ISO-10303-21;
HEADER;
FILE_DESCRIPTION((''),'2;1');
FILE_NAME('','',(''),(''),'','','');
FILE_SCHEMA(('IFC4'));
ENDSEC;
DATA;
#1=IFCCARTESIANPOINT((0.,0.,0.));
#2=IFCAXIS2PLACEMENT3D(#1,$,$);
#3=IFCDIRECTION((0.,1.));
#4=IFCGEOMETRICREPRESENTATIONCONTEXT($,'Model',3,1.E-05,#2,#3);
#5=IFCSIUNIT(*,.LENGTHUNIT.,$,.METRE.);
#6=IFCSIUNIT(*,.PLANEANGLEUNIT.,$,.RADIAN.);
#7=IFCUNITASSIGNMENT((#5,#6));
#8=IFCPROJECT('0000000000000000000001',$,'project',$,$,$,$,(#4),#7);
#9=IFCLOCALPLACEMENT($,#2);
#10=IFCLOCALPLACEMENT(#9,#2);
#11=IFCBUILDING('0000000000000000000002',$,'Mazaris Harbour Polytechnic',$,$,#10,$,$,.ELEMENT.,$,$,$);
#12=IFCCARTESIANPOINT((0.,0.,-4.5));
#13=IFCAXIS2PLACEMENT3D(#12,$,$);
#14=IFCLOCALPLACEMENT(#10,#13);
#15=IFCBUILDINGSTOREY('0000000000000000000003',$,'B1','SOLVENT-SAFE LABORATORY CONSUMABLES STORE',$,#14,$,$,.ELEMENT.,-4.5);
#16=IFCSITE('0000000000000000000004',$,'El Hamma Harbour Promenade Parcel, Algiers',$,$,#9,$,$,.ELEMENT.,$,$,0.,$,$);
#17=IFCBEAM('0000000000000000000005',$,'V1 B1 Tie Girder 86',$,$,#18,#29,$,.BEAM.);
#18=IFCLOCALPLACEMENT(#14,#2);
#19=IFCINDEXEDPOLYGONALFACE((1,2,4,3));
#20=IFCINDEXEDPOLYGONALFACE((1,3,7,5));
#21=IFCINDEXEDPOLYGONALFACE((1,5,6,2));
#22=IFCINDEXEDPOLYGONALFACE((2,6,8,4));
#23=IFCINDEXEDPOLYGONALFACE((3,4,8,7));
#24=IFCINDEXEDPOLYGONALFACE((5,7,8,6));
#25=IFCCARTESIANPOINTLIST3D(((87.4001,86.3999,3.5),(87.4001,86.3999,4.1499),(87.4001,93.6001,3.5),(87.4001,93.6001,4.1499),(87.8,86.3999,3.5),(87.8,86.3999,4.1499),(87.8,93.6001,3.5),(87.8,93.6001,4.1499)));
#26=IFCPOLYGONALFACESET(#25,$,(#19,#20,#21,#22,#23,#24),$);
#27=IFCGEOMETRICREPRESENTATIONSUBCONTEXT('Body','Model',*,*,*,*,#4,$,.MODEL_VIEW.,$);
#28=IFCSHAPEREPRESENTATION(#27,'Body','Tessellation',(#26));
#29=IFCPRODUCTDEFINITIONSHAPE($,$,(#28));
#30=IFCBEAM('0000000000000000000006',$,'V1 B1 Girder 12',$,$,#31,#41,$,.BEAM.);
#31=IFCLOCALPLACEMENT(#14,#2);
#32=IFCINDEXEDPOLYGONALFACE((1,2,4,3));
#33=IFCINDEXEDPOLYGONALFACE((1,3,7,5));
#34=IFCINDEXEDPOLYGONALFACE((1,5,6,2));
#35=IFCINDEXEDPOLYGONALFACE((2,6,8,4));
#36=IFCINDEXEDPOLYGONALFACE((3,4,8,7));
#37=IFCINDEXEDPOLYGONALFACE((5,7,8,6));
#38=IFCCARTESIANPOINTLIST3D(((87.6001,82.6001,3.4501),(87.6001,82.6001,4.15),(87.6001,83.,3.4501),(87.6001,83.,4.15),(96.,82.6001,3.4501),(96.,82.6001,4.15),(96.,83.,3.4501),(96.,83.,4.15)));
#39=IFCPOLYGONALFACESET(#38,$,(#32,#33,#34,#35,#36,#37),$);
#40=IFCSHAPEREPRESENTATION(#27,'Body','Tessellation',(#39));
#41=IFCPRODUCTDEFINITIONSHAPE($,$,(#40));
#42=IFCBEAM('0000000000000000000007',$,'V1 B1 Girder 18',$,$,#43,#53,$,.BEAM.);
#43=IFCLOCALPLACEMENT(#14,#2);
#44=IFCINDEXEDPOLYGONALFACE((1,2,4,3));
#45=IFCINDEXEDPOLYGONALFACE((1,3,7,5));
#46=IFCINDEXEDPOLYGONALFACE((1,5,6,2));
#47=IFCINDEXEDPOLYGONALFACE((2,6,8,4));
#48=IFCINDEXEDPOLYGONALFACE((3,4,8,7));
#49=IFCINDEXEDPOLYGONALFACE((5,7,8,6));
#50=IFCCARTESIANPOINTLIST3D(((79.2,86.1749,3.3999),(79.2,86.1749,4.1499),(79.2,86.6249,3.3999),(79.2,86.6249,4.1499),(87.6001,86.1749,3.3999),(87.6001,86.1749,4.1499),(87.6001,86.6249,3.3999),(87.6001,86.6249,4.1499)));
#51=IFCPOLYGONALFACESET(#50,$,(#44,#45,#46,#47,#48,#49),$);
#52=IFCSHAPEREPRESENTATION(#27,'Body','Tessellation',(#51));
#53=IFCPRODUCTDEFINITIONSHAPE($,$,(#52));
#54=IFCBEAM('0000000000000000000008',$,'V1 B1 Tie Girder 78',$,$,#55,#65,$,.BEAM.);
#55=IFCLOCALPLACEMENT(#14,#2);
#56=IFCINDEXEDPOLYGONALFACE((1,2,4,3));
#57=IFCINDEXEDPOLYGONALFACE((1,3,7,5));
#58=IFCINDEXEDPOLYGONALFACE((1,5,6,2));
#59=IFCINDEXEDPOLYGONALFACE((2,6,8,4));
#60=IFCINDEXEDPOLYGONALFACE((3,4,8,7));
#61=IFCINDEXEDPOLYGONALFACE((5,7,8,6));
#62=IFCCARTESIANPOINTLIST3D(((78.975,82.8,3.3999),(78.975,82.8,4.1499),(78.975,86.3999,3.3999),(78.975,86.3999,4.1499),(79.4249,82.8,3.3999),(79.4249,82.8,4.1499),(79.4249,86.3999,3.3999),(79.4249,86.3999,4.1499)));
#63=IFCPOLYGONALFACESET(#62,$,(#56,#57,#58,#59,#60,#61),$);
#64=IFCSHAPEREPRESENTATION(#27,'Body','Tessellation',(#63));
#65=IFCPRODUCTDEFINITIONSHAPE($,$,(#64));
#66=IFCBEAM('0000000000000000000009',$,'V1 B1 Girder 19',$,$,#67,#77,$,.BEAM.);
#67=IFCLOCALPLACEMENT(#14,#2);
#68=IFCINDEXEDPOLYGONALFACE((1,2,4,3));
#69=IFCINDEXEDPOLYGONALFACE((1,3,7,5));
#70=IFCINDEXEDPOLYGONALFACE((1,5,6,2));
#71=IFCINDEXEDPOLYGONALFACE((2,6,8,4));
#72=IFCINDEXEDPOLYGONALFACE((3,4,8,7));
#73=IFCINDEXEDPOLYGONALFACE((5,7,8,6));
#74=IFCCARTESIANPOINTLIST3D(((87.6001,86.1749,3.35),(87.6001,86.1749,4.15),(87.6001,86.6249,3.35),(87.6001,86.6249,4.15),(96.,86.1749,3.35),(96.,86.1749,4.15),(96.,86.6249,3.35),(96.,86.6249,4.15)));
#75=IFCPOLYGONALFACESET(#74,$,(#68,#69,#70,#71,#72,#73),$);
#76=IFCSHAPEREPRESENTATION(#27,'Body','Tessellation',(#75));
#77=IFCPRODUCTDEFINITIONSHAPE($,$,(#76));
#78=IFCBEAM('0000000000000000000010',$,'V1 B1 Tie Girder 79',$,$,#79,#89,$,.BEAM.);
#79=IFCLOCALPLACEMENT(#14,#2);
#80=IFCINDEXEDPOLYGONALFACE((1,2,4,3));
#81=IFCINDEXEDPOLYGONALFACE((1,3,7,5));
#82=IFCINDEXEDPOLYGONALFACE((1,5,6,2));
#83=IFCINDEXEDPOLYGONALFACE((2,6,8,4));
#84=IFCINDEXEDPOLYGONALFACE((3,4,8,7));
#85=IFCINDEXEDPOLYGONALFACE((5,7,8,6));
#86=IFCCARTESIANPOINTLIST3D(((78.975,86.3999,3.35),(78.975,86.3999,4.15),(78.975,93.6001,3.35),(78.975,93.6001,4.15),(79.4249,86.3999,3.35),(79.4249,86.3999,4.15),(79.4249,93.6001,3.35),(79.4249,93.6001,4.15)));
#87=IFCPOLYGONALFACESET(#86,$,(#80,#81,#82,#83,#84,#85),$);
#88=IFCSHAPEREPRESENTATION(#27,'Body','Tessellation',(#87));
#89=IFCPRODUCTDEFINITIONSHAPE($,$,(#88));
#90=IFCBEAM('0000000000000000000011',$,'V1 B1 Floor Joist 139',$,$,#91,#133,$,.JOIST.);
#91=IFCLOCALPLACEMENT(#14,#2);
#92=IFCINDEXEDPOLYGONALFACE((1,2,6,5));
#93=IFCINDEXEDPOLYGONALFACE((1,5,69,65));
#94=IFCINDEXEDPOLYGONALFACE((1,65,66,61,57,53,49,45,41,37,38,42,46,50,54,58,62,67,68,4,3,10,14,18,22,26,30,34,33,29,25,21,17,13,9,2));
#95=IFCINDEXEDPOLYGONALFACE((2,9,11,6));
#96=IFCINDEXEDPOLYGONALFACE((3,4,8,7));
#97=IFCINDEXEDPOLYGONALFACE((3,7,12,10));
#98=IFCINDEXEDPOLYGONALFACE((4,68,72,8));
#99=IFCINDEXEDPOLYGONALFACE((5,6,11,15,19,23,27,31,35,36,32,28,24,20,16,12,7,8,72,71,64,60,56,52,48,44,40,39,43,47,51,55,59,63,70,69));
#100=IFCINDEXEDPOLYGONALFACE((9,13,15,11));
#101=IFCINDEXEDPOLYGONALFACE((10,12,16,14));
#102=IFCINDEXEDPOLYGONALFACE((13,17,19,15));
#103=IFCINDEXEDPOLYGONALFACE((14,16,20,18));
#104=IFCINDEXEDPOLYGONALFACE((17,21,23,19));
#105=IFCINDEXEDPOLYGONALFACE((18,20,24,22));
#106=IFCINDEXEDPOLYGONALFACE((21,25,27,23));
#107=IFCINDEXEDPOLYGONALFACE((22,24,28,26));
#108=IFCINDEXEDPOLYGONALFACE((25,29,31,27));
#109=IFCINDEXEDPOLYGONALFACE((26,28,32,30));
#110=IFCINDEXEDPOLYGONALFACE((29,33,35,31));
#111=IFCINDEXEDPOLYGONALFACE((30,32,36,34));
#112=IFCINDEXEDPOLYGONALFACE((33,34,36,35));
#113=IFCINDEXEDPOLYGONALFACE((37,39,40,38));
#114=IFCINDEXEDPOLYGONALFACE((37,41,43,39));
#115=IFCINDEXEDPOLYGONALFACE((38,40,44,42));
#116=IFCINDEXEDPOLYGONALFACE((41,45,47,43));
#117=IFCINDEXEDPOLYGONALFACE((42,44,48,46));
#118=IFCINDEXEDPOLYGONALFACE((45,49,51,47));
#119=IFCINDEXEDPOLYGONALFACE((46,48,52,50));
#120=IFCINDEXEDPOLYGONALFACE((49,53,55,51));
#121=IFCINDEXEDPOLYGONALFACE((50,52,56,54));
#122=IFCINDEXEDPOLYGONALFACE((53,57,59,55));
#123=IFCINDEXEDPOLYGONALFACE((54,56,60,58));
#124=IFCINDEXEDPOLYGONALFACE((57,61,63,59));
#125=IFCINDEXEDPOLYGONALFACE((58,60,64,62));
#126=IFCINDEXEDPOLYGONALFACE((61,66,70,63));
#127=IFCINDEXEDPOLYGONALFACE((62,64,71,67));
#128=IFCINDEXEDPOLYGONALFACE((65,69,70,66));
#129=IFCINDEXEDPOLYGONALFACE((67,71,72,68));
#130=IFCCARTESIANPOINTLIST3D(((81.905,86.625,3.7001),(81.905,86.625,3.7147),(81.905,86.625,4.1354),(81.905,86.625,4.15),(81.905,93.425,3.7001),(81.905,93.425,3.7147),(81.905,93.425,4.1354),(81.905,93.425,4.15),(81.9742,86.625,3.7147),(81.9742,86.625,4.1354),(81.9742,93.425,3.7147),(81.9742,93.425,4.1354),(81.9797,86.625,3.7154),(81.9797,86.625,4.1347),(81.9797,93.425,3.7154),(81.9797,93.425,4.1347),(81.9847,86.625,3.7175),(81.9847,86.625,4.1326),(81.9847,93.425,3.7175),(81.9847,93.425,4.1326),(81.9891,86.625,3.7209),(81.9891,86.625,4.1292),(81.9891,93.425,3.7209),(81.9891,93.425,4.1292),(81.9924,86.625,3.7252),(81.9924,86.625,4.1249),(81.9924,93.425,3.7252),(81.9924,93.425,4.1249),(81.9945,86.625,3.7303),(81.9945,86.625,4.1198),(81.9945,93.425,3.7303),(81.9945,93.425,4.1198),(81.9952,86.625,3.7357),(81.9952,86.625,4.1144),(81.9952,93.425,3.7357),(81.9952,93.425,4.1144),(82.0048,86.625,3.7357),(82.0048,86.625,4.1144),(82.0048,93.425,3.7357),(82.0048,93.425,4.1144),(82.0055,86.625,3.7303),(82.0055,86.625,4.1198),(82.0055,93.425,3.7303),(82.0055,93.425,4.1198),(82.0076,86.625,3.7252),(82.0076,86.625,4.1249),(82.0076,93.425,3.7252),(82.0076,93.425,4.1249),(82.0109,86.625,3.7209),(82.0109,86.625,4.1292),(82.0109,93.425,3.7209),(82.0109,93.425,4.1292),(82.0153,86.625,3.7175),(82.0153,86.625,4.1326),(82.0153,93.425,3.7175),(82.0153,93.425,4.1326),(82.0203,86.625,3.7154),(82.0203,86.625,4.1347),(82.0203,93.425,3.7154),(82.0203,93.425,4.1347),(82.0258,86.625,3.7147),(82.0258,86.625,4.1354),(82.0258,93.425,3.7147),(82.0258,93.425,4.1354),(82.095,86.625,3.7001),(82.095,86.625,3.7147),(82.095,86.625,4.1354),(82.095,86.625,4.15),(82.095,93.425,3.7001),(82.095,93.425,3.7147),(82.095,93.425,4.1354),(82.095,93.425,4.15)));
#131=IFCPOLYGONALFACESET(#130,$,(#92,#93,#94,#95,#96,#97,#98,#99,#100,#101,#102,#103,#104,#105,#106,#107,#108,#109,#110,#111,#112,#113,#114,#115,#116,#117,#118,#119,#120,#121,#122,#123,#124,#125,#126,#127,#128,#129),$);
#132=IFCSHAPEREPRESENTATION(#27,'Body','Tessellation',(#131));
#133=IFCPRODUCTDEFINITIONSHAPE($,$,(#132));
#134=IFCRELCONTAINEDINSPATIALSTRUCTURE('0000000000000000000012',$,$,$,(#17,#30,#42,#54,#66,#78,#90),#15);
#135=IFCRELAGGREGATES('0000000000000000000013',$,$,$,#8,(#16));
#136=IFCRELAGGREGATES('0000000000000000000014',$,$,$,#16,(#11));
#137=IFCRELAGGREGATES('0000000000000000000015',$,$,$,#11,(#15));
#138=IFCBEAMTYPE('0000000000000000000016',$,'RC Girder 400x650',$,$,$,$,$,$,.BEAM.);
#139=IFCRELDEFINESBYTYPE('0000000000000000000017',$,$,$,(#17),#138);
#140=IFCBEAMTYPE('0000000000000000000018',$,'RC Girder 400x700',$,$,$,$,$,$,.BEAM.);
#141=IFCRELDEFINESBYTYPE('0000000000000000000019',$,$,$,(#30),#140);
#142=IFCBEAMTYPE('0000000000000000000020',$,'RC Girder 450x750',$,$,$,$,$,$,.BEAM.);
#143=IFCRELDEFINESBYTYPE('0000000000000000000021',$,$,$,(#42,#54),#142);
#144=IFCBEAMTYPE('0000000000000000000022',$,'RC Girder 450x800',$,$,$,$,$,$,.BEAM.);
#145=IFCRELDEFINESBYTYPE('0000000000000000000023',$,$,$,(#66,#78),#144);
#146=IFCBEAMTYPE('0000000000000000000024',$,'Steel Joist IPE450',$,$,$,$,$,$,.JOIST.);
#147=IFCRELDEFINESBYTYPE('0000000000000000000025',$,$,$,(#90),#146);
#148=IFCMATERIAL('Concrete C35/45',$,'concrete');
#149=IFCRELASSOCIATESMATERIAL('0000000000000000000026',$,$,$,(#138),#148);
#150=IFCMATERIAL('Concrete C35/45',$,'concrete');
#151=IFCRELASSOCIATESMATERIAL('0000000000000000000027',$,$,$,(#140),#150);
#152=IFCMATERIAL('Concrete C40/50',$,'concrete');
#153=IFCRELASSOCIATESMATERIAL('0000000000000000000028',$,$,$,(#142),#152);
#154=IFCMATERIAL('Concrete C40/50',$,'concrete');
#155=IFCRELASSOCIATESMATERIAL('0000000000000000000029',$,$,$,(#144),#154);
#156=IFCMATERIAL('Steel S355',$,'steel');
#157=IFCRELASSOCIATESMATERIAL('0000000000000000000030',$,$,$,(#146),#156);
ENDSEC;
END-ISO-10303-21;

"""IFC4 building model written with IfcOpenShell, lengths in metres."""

from ifc_helpers import new_model, si_unit, direction, frame, origin, origin_2d, place, context, subcontext, project, spatial, rectangle, i_section, extrude, material, material_profile, profile_set, type_object, element, save


model = new_model("IFC4")

# Units and contexts
model_context = context("Model", 3, precision=1e-05, world=origin(), true_north=direction((0.0, 1.0)))
body_context = subcontext(model_context, "Body", "Model", "MODEL_VIEW")
ifc_project = project(units=[si_unit("LENGTHUNIT", "METRE"), si_unit("PLANEANGLEUNIT", "RADIAN")], contexts=[model_context])

# Site, building, storey
site_placement = place(None, origin())
site = spatial("IfcSite", under=ifc_project, at=site_placement, Name="El Hamma Harbour Promenade Parcel, Algiers", CompositionType="ELEMENT", RefElevation=0.0)
building_placement = place(site_placement, origin())
building = spatial("IfcBuilding", under=site, at=building_placement, Name="Mazaris Harbour Polytechnic", CompositionType="ELEMENT")
storey_placement = place(building_placement, frame((0.0, 0.0, -4.5)))
storey = spatial("IfcBuildingStorey", under=building, at=storey_placement, Name="B1", Description="SOLVENT-SAFE LABORATORY CONSUMABLES STORE", CompositionType="ELEMENT", Elevation=-4.5)

# Beams
ifc_material_1 = material(Name="Concrete C35/45", Category="concrete")
ifc_material_profile_1 = material_profile(ifc_material_1, rectangle(XDim=0.3999, YDim=0.6499, at=origin_2d()), Name="RECT400x650")
ifc_profile_set_1 = profile_set([ifc_material_profile_1], Name="Concrete C35/45")
beam_type_1 = type_object("IfcBeamType", Name="RC Girder 400x650", PredefinedType="BEAM", material=ifc_profile_set_1)
beam_1_placement = place(storey_placement, frame((87.6001, 86.3999, 3.825), z_axis=(0.0, 1.0, 0.0), x_axis=(-1.0, 0.0, 0.0)))
element("IfcBeam", 1, at=beam_1_placement, inside=storey, type_object=beam_type_1, Name="V1 B1 Tie Girder 86", PredefinedType="BEAM", context=body_context, shape_type="SweptSolid", body=[
    extrude(rectangle(XDim=0.3999, YDim=0.6499, at=origin_2d()), origin(), (0.0, 0.0, 1.0), 7.2002),
])
ifc_material_2 = material(Name="Concrete C35/45", Category="concrete")
ifc_material_profile_2 = material_profile(ifc_material_2, rectangle(XDim=0.3999, YDim=0.7, at=origin_2d()), Name="RECT400x700")
ifc_profile_set_2 = profile_set([ifc_material_profile_2], Name="Concrete C35/45")
beam_type_2 = type_object("IfcBeamType", Name="RC Girder 400x700", PredefinedType="BEAM", material=ifc_profile_set_2)
beam_2_placement = place(storey_placement, frame((87.6001, 82.8, 3.8), z_axis=(1.0, 0.0, 0.0), x_axis=(0.0, 1.0, 0.0)))
element("IfcBeam", 2, at=beam_2_placement, inside=storey, type_object=beam_type_2, Name="V1 B1 Girder 12", PredefinedType="BEAM", context=body_context, shape_type="SweptSolid", body=[
    extrude(rectangle(XDim=0.3999, YDim=0.7, at=origin_2d()), origin(), (0.0, 0.0, 1.0), 8.3999),
])
ifc_material_3 = material(Name="Concrete C40/50", Category="concrete")
ifc_material_profile_3 = material_profile(ifc_material_3, rectangle(XDim=0.45, YDim=0.75, at=origin_2d()), Name="RECT450x750")
ifc_profile_set_3 = profile_set([ifc_material_profile_3], Name="Concrete C40/50")
beam_type_3 = type_object("IfcBeamType", Name="RC Girder 450x750", PredefinedType="BEAM", material=ifc_profile_set_3)
beam_3_placement = place(storey_placement, frame((79.2, 86.3999, 3.7749), z_axis=(1.0, 0.0, 0.0), x_axis=(0.0, 1.0, 0.0)))
element("IfcBeam", 3, at=beam_3_placement, inside=storey, type_object=beam_type_3, Name="V1 B1 Girder 18", PredefinedType="BEAM", context=body_context, shape_type="SweptSolid", body=[
    extrude(rectangle(XDim=0.45, YDim=0.75, at=origin_2d()), origin(), (0.0, 0.0, 1.0), 8.4001),
])
beam_4_placement = place(storey_placement, frame((79.2, 82.8, 3.7749), z_axis=(0.0, 1.0, 0.0), x_axis=(-1.0, 0.0, 0.0)))
element("IfcBeam", 4, at=beam_4_placement, inside=storey, type_object=beam_type_3, Name="V1 B1 Tie Girder 78", PredefinedType="BEAM", context=body_context, shape_type="SweptSolid", body=[
    extrude(rectangle(XDim=0.45, YDim=0.75, at=origin_2d()), origin(), (0.0, 0.0, 1.0), 3.5999),
])
ifc_material_4 = material(Name="Concrete C40/50", Category="concrete")
ifc_material_profile_4 = material_profile(ifc_material_4, rectangle(XDim=0.45, YDim=0.8, at=origin_2d()), Name="RECT450x800")
ifc_profile_set_4 = profile_set([ifc_material_profile_4], Name="Concrete C40/50")
beam_type_4 = type_object("IfcBeamType", Name="RC Girder 450x800", PredefinedType="BEAM", material=ifc_profile_set_4)
beam_5_placement = place(storey_placement, frame((87.6001, 86.3999, 3.75), z_axis=(1.0, 0.0, 0.0), x_axis=(0.0, 1.0, 0.0)))
element("IfcBeam", 5, at=beam_5_placement, inside=storey, type_object=beam_type_4, Name="V1 B1 Girder 19", PredefinedType="BEAM", context=body_context, shape_type="SweptSolid", body=[
    extrude(rectangle(XDim=0.45, YDim=0.8, at=origin_2d()), origin(), (0.0, 0.0, 1.0), 8.3999),
])
beam_6_placement = place(storey_placement, frame((79.2, 86.3999, 3.75), z_axis=(0.0, 1.0, 0.0), x_axis=(-1.0, 0.0, 0.0)))
element("IfcBeam", 6, at=beam_6_placement, inside=storey, type_object=beam_type_4, Name="V1 B1 Tie Girder 79", PredefinedType="BEAM", context=body_context, shape_type="SweptSolid", body=[
    extrude(rectangle(XDim=0.45, YDim=0.8, at=origin_2d()), origin(), (0.0, 0.0, 1.0), 7.2002),
])
ifc_material_5 = material(Name="Steel S355", Category="steel")
ifc_material_profile_5 = material_profile(ifc_material_5, i_section(OverallWidth=0.1899, OverallDepth=0.45, WebThickness=0.0095, FlangeThickness=0.0146, FilletRadius=0.021, at=origin_2d()), Name="IPE 450")
ifc_profile_set_5 = profile_set([ifc_material_profile_5], Name="Steel S355")
beam_type_5 = type_object("IfcBeamType", Name="Steel Joist IPE450", PredefinedType="JOIST", material=ifc_profile_set_5)
beam_7_placement = place(storey_placement, frame((82.0, 86.625, 3.925), z_axis=(0.0, 1.0, 0.0), x_axis=(-1.0, 0.0, 0.0)))
element("IfcBeam", 7, at=beam_7_placement, inside=storey, type_object=beam_type_5, Name="V1 B1 Floor Joist 139", PredefinedType="JOIST", context=body_context, shape_type="SweptSolid", body=[
    extrude(i_section(OverallWidth=0.1899, OverallDepth=0.45, WebThickness=0.0095, FlangeThickness=0.0146, FilletRadius=0.021, at=origin_2d()), origin(), (0.0, 0.0, 1.0), 6.8),
])

save(model, "model.ifc")
